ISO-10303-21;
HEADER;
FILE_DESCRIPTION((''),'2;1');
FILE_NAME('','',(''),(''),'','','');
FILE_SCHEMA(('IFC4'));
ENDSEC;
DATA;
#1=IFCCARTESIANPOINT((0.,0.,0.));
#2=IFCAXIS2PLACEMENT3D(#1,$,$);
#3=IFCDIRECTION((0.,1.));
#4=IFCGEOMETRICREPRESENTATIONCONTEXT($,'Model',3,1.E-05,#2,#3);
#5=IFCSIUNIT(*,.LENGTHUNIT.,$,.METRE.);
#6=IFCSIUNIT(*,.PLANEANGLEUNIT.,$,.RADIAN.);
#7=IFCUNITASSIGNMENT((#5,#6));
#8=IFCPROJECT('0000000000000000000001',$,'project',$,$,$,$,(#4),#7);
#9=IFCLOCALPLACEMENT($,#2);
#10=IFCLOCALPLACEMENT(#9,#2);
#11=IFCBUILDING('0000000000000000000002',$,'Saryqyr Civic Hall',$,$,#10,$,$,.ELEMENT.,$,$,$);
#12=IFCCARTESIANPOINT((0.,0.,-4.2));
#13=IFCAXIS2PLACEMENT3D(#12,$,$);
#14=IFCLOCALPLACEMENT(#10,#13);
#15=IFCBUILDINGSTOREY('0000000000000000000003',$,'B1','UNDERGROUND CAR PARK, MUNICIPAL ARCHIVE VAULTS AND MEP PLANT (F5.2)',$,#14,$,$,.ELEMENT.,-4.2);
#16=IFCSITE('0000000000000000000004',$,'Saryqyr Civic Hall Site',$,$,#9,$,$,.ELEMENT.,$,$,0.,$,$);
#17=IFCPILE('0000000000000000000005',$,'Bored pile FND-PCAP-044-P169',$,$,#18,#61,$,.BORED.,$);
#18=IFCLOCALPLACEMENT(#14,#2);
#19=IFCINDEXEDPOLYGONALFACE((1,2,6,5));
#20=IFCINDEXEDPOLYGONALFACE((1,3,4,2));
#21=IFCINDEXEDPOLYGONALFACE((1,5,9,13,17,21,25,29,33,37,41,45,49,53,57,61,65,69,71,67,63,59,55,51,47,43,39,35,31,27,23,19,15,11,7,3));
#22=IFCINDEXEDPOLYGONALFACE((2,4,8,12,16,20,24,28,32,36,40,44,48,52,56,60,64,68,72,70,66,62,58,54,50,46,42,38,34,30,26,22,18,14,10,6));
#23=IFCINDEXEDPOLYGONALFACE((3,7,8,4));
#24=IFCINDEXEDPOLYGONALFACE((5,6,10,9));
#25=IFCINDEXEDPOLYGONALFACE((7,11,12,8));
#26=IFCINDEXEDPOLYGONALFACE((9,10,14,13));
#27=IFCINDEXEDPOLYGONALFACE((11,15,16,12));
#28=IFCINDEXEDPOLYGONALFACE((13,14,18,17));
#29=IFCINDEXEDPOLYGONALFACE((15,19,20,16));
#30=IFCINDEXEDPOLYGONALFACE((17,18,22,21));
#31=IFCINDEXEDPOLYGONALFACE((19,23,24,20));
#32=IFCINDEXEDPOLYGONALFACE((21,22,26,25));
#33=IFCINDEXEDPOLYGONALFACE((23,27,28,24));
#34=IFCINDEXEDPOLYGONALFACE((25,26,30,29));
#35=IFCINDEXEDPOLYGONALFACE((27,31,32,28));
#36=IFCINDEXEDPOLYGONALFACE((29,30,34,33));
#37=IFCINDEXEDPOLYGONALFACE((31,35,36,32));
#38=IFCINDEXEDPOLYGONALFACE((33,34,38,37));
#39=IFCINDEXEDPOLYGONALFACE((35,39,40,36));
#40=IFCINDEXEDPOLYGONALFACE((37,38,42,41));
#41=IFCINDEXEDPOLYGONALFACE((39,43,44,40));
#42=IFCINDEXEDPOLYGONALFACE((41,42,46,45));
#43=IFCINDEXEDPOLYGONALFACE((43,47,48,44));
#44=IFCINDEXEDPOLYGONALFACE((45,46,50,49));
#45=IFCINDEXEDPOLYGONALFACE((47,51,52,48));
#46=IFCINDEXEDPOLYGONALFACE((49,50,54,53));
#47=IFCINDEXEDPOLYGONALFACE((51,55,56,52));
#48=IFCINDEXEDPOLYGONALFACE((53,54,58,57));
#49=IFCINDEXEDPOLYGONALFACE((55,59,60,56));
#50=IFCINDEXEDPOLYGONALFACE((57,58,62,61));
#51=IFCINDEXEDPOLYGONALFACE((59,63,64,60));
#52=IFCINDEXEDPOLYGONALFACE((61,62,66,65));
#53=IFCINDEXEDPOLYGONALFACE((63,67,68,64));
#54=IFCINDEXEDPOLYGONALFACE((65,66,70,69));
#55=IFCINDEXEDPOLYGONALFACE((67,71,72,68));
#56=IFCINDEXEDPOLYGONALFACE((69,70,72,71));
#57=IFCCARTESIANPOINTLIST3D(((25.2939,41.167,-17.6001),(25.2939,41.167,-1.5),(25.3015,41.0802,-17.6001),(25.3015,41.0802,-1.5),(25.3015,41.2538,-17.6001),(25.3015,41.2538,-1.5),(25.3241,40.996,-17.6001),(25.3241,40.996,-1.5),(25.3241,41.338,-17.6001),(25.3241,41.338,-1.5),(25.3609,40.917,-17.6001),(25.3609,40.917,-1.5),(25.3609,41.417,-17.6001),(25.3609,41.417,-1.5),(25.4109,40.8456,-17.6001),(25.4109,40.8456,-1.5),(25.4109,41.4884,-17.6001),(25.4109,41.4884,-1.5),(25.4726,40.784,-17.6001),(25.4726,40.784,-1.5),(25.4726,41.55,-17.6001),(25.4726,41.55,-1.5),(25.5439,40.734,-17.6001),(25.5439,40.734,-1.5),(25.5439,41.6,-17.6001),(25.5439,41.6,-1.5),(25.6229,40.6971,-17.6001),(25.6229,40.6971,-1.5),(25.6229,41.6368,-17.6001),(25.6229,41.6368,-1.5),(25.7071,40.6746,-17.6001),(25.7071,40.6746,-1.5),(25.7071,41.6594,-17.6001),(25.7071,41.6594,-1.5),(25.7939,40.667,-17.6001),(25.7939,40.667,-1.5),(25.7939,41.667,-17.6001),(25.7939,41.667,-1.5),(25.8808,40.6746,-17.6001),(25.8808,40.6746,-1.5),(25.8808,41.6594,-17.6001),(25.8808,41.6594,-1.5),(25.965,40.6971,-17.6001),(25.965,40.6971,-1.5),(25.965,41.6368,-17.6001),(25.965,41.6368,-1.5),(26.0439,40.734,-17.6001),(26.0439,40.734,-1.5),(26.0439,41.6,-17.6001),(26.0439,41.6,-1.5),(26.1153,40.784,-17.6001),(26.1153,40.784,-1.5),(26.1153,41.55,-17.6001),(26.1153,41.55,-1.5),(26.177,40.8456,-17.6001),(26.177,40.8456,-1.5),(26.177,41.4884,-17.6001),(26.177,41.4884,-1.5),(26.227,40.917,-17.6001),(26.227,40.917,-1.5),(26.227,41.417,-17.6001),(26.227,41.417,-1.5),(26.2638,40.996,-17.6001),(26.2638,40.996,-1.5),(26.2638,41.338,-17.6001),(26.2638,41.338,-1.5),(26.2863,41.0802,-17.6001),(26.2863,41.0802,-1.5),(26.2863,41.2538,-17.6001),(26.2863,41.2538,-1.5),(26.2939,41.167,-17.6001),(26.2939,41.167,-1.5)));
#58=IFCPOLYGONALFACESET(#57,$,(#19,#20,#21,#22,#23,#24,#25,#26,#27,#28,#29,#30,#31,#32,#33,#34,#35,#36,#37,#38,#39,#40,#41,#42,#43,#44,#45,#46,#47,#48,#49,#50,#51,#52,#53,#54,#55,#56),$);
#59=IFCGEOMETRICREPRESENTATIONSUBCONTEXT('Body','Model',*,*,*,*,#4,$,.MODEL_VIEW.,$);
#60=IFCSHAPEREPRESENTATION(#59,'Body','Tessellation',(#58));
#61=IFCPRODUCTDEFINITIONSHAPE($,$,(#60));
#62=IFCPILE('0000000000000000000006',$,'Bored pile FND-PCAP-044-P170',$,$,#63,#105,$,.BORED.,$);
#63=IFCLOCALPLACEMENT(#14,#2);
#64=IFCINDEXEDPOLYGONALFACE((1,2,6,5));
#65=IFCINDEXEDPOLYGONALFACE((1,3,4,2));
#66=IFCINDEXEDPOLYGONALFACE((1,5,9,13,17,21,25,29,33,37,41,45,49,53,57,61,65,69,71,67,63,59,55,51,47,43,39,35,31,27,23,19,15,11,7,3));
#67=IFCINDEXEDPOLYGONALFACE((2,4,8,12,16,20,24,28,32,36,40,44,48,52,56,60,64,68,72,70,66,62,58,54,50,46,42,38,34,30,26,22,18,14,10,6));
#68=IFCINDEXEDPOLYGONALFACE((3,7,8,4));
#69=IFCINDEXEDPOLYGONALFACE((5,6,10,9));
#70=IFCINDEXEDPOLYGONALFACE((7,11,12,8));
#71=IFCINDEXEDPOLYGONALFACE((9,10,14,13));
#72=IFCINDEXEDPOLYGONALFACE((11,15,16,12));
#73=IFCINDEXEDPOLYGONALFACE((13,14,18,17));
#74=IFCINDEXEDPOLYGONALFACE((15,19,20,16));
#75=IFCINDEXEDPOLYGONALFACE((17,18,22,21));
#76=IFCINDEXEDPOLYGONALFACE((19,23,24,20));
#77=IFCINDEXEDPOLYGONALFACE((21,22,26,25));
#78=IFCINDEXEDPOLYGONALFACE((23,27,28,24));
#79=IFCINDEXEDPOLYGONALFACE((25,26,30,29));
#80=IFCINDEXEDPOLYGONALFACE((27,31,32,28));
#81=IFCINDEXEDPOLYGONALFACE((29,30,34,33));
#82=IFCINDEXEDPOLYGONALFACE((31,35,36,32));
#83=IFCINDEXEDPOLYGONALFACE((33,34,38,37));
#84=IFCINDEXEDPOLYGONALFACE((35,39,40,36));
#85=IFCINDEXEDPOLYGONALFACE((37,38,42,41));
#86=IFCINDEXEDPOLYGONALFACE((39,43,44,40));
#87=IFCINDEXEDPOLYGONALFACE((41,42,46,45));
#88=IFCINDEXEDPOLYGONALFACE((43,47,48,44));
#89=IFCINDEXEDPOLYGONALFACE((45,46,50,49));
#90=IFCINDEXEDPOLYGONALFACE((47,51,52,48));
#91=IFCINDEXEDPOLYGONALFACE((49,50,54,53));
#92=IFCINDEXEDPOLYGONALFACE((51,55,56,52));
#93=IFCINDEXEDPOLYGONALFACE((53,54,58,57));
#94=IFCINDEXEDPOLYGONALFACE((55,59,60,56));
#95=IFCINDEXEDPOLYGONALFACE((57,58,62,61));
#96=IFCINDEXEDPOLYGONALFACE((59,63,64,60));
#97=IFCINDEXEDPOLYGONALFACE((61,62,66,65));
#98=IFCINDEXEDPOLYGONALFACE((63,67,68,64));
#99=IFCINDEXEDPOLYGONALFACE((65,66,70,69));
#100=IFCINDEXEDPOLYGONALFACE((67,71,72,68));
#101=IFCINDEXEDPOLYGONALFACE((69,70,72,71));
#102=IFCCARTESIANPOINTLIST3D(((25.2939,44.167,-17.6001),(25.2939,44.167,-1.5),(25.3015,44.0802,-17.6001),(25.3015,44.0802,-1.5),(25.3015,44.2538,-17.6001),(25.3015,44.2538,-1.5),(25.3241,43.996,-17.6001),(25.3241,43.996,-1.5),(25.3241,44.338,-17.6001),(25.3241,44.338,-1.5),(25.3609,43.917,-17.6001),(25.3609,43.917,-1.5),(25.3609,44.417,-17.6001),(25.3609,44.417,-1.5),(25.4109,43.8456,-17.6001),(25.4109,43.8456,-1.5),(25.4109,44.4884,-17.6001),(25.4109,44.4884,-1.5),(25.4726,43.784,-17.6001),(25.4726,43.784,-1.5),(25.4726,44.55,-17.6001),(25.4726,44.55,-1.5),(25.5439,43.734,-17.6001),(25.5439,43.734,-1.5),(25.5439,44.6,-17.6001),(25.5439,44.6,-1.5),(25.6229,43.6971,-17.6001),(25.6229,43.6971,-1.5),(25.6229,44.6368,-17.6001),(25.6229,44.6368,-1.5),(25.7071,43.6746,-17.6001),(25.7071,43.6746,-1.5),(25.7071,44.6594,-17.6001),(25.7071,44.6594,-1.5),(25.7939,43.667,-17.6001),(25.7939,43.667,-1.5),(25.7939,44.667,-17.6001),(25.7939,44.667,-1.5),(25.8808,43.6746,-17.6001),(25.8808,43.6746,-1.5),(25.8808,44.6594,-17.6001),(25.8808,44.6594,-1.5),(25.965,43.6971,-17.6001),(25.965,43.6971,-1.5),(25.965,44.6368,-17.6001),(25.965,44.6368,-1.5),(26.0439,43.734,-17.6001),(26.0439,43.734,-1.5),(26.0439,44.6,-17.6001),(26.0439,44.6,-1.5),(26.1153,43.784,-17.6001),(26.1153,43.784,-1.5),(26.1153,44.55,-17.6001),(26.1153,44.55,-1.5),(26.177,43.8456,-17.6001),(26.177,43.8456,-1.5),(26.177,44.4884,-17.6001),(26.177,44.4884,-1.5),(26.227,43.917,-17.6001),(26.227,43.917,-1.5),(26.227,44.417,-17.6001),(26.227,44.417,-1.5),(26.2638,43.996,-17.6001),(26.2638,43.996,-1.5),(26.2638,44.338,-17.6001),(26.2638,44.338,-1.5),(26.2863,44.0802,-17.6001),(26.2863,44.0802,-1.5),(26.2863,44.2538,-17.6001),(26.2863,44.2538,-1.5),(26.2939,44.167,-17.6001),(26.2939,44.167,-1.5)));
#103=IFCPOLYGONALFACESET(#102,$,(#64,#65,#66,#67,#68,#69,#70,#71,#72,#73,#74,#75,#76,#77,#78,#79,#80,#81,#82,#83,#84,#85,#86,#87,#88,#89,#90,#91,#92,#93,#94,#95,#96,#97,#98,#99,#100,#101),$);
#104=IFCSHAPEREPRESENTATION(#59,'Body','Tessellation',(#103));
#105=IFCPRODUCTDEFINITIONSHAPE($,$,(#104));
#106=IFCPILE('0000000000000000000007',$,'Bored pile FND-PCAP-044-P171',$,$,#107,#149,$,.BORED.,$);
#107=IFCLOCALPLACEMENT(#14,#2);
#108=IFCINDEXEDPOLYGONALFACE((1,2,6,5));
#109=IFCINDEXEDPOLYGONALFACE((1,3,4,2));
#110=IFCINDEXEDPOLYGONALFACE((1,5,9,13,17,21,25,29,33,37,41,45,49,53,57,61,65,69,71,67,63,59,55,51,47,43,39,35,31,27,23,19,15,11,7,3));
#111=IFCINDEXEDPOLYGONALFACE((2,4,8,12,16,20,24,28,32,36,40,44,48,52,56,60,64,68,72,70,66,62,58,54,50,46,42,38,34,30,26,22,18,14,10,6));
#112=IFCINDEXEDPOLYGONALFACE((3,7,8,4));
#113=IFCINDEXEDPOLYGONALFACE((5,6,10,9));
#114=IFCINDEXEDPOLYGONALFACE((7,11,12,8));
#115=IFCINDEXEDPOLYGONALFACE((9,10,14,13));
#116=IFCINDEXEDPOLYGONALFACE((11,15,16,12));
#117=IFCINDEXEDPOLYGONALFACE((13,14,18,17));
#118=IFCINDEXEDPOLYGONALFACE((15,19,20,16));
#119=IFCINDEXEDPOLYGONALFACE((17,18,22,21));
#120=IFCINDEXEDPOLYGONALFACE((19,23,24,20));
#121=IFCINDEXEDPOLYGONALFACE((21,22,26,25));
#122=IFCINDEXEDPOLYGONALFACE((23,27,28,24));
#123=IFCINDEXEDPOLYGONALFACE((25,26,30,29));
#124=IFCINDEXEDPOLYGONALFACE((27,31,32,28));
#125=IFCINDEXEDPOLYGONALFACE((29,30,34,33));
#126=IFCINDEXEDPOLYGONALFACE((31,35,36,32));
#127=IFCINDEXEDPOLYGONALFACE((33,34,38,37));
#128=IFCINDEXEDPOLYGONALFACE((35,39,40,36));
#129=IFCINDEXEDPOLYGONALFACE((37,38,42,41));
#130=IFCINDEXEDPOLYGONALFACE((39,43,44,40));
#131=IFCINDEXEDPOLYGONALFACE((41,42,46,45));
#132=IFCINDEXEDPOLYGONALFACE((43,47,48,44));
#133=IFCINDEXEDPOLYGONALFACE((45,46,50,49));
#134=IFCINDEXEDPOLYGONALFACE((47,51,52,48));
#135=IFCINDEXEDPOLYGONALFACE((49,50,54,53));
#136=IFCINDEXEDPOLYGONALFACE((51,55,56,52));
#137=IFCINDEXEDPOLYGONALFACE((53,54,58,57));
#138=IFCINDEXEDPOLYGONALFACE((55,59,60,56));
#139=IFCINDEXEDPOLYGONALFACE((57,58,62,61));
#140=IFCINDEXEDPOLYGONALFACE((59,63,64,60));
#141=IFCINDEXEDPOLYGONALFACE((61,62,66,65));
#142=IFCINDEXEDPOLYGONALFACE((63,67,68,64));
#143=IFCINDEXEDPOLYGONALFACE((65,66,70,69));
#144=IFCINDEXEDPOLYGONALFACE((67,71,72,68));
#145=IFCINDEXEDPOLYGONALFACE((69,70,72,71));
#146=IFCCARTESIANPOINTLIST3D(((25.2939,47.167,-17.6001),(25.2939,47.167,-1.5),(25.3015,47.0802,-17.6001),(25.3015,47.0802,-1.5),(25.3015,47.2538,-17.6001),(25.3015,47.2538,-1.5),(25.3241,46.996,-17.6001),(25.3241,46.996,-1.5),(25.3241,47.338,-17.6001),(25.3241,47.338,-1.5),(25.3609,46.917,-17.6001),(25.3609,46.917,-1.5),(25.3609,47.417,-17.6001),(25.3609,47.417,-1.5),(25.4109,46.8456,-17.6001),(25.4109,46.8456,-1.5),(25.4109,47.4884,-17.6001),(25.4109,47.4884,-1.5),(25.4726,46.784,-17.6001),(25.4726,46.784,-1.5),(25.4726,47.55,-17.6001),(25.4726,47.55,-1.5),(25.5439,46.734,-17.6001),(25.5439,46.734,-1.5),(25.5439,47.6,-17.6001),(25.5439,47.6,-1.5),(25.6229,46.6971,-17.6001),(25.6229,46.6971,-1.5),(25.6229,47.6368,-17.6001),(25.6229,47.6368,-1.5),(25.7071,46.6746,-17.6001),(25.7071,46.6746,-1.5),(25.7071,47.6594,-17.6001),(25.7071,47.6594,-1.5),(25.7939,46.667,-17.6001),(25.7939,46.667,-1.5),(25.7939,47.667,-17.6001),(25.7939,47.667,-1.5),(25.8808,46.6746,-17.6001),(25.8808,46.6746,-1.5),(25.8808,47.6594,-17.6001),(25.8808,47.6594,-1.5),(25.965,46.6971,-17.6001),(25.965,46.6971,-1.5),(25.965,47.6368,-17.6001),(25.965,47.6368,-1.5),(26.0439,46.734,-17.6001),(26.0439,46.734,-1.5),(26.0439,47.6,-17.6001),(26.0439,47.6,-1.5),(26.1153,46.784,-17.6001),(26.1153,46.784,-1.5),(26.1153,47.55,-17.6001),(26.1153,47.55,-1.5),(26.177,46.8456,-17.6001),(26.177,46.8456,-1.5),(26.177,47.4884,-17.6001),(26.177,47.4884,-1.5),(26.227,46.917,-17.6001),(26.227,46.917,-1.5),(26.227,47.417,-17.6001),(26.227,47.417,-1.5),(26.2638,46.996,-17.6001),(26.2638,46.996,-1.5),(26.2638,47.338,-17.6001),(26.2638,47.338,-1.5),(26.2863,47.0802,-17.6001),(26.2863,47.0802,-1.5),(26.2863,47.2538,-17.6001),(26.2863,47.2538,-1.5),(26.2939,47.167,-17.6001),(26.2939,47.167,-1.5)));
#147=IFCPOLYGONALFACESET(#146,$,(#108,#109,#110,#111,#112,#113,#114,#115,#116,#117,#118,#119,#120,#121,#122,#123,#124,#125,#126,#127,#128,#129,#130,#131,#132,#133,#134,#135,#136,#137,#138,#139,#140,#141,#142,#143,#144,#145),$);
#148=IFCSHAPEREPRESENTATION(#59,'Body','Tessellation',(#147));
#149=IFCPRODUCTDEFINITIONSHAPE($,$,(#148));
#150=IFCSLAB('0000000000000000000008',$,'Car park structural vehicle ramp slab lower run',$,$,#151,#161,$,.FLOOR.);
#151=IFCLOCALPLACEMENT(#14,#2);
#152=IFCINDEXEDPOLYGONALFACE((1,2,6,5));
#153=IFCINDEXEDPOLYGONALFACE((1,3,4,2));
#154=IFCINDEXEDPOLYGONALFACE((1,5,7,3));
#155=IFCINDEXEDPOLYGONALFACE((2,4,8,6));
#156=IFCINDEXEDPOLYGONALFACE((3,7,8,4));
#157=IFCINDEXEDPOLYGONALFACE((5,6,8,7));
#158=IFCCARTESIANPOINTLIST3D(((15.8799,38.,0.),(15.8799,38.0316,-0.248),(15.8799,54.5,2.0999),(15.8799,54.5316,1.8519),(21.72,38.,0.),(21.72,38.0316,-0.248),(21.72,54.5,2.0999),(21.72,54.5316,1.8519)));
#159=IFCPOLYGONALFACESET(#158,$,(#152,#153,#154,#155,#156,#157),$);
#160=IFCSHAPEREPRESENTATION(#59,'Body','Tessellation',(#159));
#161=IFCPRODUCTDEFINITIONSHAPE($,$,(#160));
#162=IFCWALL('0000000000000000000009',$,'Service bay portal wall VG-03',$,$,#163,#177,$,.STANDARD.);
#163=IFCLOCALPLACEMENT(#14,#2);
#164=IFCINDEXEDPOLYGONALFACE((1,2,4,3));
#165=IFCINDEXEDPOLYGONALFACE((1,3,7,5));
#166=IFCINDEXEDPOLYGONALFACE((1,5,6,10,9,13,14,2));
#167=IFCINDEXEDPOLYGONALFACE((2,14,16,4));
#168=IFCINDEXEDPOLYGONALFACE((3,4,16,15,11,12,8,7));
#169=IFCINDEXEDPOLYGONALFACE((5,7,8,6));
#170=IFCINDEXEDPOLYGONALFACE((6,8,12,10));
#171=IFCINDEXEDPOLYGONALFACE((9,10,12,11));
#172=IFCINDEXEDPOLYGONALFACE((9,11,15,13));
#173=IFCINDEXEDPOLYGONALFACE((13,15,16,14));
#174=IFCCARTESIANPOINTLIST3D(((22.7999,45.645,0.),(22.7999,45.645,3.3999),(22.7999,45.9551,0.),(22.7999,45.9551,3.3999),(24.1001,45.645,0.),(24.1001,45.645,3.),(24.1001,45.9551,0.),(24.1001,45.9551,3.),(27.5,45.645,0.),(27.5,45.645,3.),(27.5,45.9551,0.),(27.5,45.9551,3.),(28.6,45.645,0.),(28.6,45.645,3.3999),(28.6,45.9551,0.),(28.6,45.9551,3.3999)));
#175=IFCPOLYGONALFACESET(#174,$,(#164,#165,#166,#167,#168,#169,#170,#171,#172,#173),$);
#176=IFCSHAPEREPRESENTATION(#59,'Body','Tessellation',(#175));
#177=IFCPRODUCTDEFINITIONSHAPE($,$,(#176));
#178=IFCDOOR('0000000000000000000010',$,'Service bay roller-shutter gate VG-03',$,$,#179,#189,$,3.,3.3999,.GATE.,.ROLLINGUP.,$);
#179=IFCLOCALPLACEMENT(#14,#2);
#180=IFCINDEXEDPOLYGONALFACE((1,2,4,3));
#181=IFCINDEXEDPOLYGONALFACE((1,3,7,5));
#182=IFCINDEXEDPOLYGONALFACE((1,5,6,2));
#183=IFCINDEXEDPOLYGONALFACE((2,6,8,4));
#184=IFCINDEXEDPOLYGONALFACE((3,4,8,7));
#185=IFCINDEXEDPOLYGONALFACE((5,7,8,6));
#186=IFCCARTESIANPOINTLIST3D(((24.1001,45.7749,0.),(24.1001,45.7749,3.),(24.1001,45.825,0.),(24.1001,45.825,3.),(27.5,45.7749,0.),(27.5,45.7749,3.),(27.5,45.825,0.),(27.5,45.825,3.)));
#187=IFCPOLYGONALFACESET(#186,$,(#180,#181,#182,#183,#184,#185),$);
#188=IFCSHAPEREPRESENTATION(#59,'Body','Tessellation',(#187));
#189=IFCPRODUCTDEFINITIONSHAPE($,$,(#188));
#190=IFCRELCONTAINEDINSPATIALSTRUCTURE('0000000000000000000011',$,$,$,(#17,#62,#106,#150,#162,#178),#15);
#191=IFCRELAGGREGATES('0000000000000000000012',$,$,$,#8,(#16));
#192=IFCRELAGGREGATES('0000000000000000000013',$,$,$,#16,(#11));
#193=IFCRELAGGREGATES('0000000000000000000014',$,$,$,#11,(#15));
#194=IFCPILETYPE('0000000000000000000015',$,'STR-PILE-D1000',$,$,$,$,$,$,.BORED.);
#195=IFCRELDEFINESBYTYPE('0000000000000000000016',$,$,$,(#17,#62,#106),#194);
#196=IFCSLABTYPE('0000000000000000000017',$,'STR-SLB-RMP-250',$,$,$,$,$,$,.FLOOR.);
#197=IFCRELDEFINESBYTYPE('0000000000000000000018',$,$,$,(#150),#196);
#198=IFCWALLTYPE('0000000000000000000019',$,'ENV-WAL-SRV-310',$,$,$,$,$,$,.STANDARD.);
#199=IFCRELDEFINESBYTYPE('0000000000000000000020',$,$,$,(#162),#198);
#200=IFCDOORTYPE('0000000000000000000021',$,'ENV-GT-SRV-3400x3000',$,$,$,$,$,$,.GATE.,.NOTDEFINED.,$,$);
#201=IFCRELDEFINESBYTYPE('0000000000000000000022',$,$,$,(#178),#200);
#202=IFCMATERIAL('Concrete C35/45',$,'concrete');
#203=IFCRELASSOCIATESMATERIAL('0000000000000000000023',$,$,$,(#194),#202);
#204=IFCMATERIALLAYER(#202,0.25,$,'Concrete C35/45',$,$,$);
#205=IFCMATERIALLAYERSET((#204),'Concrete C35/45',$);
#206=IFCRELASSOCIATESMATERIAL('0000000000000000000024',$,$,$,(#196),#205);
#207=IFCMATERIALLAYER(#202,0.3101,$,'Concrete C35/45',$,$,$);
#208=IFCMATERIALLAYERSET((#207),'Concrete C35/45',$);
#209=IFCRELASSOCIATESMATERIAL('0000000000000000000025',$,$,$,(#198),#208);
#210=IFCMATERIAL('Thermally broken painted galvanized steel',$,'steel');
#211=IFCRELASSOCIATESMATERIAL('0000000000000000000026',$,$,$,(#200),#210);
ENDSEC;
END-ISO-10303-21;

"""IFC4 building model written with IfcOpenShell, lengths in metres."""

from ifc_helpers import new_model, si_unit, direction, frame, frame_2d, origin, origin_2d, place, context, subcontext, project, spatial, polyline, rectangle, circle, outline, extrude, material, layer, layer_set, material_profile, profile_set, type_object, element, fill, save


model = new_model("IFC4")

# Units and contexts
model_context = context("Model", 3, precision=1e-05, world=origin(), true_north=direction((0.0, 1.0)))
body_context = subcontext(model_context, "Body", "Model", "MODEL_VIEW")
ifc_project = project(units=[si_unit("LENGTHUNIT", "METRE"), si_unit("PLANEANGLEUNIT", "RADIAN")], contexts=[model_context])

# Site, building, storey
site_placement = place(None, origin())
site = spatial("IfcSite", under=ifc_project, at=site_placement, Name="Saryqyr Civic Hall Site", CompositionType="ELEMENT", RefElevation=0.0)
building_placement = place(site_placement, origin())
building = spatial("IfcBuilding", under=site, at=building_placement, Name="Saryqyr Civic Hall", CompositionType="ELEMENT")
storey_placement = place(building_placement, frame((0.0, 0.0, -4.2)))
storey = spatial("IfcBuildingStorey", under=building, at=storey_placement, Name="B1", Description="UNDERGROUND CAR PARK, MUNICIPAL ARCHIVE VAULTS AND MEP PLANT (F5.2)", CompositionType="ELEMENT", Elevation=-4.2)

# Piles
ifc_material_1 = material(Name="Concrete C35/45", Category="concrete")
ifc_material_profile = material_profile(ifc_material_1, circle(Radius=0.5, at=origin_2d()), Name="BORED PILE D1000")
ifc_profile_set = profile_set([ifc_material_profile], Name="Concrete C35/45")
pile_type = type_object("IfcPileType", Name="STR-PILE-D1000", PredefinedType="BORED", material=ifc_profile_set)
for number, where, z_axis, x_axis, name in (
    (1, (25.7939, 41.167, -1.5), (0.0, 0.0, -1.0), (1.0, 0.0, 0.0), "Bored pile FND-PCAP-044-P169"),
    (2, (25.7939, 44.167, -1.5), (0.0, 0.0, -1.0), (1.0, 0.0, 0.0), "Bored pile FND-PCAP-044-P170"),
    (3, (25.7939, 47.167, -1.5), (0.0, 0.0, -1.0), (1.0, 0.0, 0.0), "Bored pile FND-PCAP-044-P171"),
):
    element("IfcPile", number, at=place(storey_placement, frame(where, z_axis=z_axis, x_axis=x_axis)), inside=storey, type_object=pile_type, Name=name, PredefinedType="BORED", context=body_context, shape_type="SweptSolid", body=[
        extrude(circle(Radius=0.5, at=origin_2d()), origin(), (0.0, 0.0, 1.0), 16.1001),
    ])

# Slab
ifc_layer_1 = layer(ifc_material_1, 0.25, Name="Concrete C35/45")
ifc_layer_set_1 = layer_set([ifc_layer_1], Name="Concrete C35/45")
slab_type = type_object("IfcSlabType", Name="STR-SLB-RMP-250", PredefinedType="FLOOR", material=ifc_layer_set_1)
slab_placement = place(storey_placement, frame((15.8799, 38.0, 0.0), z_axis=(0.0, -0.126246, 0.991999), x_axis=(1.0, 0.0, 0.0)))
element("IfcSlab", 4, at=slab_placement, inside=storey, type_object=slab_type, Name="Car park structural vehicle ramp slab lower run", PredefinedType="FLOOR", context=body_context, shape_type="SweptSolid", body=[
    extrude(outline(polyline([(0.0, 0.0), (5.8401, 0.0), (5.8401, 16.6331), (0.0, 16.6331), (0.0, 0.0)])), origin(), (0.0, 0.0, -1.0), 0.25),
])

# Wall, opening, door
ifc_layer_2 = layer(ifc_material_1, 0.3101, Name="Concrete C35/45")
ifc_layer_set_2 = layer_set([ifc_layer_2], Name="Concrete C35/45")
wall_type_1 = type_object("IfcWallType", Name="ENV-WAL-SRV-310", PredefinedType="STANDARD", material=ifc_layer_set_2)
wall_1_placement = place(storey_placement, frame((22.8, 45.8, 0.0), z_axis=(0.0, 0.0, 1.0), x_axis=(1.0, 0.0, 0.0)))
wall_1 = element("IfcWall", 5, at=wall_1_placement, inside=storey, type_object=wall_type_1, Name="Service bay portal wall VG-03", PredefinedType="STANDARD", context=body_context, shape_type="SweptSolid", body=[
    extrude(rectangle(XDim=5.8, YDim=0.3101, at=frame_2d((2.8999, 0.0))), origin(), (0.0, 0.0, 1.0), 3.3999),
])
opening_placement = place(wall_1_placement, frame((1.3, 0.0, 0.0)))
opening = element("IfcOpeningElement", 6, at=opening_placement, cuts=wall_1, PredefinedType="OPENING", context=body_context, shape_type="SweptSolid", body=[
    extrude(rectangle(XDim=3.3999, YDim=3.0, at=frame_2d((1.7, 1.5))), frame((0.0, 0.165, 0.0), z_axis=(0.0, -1.0, 0.0), x_axis=(1.0, 0.0, 0.0)), (0.0, 0.0, 1.0), 0.3301),
])
ifc_material_2 = material(Name="Thermally broken painted galvanized steel", Category="steel")
door_type = type_object("IfcDoorType", Name="ENV-GT-SRV-3400x3000", OperationType="NOTDEFINED", PredefinedType="GATE", material=ifc_material_2)
door_placement = place(opening_placement, origin())
door = element("IfcDoor", 7, at=door_placement, inside=storey, type_object=door_type, Name="Service bay roller-shutter gate VG-03", OperationType="ROLLINGUP", OverallHeight=3.0, OverallWidth=3.3999, PredefinedType="GATE", context=body_context, shape_type="SweptSolid", body=[
    extrude(rectangle(XDim=3.3999, YDim=3.0, at=frame_2d((1.7, 1.5))), frame((0.0, 0.0249, 0.0), z_axis=(0.0, -1.0, 0.0), x_axis=(1.0, 0.0, 0.0)), (0.0, 0.0, 1.0), 0.05),
])
fill(opening, door)

save(model, "model.ifc")
